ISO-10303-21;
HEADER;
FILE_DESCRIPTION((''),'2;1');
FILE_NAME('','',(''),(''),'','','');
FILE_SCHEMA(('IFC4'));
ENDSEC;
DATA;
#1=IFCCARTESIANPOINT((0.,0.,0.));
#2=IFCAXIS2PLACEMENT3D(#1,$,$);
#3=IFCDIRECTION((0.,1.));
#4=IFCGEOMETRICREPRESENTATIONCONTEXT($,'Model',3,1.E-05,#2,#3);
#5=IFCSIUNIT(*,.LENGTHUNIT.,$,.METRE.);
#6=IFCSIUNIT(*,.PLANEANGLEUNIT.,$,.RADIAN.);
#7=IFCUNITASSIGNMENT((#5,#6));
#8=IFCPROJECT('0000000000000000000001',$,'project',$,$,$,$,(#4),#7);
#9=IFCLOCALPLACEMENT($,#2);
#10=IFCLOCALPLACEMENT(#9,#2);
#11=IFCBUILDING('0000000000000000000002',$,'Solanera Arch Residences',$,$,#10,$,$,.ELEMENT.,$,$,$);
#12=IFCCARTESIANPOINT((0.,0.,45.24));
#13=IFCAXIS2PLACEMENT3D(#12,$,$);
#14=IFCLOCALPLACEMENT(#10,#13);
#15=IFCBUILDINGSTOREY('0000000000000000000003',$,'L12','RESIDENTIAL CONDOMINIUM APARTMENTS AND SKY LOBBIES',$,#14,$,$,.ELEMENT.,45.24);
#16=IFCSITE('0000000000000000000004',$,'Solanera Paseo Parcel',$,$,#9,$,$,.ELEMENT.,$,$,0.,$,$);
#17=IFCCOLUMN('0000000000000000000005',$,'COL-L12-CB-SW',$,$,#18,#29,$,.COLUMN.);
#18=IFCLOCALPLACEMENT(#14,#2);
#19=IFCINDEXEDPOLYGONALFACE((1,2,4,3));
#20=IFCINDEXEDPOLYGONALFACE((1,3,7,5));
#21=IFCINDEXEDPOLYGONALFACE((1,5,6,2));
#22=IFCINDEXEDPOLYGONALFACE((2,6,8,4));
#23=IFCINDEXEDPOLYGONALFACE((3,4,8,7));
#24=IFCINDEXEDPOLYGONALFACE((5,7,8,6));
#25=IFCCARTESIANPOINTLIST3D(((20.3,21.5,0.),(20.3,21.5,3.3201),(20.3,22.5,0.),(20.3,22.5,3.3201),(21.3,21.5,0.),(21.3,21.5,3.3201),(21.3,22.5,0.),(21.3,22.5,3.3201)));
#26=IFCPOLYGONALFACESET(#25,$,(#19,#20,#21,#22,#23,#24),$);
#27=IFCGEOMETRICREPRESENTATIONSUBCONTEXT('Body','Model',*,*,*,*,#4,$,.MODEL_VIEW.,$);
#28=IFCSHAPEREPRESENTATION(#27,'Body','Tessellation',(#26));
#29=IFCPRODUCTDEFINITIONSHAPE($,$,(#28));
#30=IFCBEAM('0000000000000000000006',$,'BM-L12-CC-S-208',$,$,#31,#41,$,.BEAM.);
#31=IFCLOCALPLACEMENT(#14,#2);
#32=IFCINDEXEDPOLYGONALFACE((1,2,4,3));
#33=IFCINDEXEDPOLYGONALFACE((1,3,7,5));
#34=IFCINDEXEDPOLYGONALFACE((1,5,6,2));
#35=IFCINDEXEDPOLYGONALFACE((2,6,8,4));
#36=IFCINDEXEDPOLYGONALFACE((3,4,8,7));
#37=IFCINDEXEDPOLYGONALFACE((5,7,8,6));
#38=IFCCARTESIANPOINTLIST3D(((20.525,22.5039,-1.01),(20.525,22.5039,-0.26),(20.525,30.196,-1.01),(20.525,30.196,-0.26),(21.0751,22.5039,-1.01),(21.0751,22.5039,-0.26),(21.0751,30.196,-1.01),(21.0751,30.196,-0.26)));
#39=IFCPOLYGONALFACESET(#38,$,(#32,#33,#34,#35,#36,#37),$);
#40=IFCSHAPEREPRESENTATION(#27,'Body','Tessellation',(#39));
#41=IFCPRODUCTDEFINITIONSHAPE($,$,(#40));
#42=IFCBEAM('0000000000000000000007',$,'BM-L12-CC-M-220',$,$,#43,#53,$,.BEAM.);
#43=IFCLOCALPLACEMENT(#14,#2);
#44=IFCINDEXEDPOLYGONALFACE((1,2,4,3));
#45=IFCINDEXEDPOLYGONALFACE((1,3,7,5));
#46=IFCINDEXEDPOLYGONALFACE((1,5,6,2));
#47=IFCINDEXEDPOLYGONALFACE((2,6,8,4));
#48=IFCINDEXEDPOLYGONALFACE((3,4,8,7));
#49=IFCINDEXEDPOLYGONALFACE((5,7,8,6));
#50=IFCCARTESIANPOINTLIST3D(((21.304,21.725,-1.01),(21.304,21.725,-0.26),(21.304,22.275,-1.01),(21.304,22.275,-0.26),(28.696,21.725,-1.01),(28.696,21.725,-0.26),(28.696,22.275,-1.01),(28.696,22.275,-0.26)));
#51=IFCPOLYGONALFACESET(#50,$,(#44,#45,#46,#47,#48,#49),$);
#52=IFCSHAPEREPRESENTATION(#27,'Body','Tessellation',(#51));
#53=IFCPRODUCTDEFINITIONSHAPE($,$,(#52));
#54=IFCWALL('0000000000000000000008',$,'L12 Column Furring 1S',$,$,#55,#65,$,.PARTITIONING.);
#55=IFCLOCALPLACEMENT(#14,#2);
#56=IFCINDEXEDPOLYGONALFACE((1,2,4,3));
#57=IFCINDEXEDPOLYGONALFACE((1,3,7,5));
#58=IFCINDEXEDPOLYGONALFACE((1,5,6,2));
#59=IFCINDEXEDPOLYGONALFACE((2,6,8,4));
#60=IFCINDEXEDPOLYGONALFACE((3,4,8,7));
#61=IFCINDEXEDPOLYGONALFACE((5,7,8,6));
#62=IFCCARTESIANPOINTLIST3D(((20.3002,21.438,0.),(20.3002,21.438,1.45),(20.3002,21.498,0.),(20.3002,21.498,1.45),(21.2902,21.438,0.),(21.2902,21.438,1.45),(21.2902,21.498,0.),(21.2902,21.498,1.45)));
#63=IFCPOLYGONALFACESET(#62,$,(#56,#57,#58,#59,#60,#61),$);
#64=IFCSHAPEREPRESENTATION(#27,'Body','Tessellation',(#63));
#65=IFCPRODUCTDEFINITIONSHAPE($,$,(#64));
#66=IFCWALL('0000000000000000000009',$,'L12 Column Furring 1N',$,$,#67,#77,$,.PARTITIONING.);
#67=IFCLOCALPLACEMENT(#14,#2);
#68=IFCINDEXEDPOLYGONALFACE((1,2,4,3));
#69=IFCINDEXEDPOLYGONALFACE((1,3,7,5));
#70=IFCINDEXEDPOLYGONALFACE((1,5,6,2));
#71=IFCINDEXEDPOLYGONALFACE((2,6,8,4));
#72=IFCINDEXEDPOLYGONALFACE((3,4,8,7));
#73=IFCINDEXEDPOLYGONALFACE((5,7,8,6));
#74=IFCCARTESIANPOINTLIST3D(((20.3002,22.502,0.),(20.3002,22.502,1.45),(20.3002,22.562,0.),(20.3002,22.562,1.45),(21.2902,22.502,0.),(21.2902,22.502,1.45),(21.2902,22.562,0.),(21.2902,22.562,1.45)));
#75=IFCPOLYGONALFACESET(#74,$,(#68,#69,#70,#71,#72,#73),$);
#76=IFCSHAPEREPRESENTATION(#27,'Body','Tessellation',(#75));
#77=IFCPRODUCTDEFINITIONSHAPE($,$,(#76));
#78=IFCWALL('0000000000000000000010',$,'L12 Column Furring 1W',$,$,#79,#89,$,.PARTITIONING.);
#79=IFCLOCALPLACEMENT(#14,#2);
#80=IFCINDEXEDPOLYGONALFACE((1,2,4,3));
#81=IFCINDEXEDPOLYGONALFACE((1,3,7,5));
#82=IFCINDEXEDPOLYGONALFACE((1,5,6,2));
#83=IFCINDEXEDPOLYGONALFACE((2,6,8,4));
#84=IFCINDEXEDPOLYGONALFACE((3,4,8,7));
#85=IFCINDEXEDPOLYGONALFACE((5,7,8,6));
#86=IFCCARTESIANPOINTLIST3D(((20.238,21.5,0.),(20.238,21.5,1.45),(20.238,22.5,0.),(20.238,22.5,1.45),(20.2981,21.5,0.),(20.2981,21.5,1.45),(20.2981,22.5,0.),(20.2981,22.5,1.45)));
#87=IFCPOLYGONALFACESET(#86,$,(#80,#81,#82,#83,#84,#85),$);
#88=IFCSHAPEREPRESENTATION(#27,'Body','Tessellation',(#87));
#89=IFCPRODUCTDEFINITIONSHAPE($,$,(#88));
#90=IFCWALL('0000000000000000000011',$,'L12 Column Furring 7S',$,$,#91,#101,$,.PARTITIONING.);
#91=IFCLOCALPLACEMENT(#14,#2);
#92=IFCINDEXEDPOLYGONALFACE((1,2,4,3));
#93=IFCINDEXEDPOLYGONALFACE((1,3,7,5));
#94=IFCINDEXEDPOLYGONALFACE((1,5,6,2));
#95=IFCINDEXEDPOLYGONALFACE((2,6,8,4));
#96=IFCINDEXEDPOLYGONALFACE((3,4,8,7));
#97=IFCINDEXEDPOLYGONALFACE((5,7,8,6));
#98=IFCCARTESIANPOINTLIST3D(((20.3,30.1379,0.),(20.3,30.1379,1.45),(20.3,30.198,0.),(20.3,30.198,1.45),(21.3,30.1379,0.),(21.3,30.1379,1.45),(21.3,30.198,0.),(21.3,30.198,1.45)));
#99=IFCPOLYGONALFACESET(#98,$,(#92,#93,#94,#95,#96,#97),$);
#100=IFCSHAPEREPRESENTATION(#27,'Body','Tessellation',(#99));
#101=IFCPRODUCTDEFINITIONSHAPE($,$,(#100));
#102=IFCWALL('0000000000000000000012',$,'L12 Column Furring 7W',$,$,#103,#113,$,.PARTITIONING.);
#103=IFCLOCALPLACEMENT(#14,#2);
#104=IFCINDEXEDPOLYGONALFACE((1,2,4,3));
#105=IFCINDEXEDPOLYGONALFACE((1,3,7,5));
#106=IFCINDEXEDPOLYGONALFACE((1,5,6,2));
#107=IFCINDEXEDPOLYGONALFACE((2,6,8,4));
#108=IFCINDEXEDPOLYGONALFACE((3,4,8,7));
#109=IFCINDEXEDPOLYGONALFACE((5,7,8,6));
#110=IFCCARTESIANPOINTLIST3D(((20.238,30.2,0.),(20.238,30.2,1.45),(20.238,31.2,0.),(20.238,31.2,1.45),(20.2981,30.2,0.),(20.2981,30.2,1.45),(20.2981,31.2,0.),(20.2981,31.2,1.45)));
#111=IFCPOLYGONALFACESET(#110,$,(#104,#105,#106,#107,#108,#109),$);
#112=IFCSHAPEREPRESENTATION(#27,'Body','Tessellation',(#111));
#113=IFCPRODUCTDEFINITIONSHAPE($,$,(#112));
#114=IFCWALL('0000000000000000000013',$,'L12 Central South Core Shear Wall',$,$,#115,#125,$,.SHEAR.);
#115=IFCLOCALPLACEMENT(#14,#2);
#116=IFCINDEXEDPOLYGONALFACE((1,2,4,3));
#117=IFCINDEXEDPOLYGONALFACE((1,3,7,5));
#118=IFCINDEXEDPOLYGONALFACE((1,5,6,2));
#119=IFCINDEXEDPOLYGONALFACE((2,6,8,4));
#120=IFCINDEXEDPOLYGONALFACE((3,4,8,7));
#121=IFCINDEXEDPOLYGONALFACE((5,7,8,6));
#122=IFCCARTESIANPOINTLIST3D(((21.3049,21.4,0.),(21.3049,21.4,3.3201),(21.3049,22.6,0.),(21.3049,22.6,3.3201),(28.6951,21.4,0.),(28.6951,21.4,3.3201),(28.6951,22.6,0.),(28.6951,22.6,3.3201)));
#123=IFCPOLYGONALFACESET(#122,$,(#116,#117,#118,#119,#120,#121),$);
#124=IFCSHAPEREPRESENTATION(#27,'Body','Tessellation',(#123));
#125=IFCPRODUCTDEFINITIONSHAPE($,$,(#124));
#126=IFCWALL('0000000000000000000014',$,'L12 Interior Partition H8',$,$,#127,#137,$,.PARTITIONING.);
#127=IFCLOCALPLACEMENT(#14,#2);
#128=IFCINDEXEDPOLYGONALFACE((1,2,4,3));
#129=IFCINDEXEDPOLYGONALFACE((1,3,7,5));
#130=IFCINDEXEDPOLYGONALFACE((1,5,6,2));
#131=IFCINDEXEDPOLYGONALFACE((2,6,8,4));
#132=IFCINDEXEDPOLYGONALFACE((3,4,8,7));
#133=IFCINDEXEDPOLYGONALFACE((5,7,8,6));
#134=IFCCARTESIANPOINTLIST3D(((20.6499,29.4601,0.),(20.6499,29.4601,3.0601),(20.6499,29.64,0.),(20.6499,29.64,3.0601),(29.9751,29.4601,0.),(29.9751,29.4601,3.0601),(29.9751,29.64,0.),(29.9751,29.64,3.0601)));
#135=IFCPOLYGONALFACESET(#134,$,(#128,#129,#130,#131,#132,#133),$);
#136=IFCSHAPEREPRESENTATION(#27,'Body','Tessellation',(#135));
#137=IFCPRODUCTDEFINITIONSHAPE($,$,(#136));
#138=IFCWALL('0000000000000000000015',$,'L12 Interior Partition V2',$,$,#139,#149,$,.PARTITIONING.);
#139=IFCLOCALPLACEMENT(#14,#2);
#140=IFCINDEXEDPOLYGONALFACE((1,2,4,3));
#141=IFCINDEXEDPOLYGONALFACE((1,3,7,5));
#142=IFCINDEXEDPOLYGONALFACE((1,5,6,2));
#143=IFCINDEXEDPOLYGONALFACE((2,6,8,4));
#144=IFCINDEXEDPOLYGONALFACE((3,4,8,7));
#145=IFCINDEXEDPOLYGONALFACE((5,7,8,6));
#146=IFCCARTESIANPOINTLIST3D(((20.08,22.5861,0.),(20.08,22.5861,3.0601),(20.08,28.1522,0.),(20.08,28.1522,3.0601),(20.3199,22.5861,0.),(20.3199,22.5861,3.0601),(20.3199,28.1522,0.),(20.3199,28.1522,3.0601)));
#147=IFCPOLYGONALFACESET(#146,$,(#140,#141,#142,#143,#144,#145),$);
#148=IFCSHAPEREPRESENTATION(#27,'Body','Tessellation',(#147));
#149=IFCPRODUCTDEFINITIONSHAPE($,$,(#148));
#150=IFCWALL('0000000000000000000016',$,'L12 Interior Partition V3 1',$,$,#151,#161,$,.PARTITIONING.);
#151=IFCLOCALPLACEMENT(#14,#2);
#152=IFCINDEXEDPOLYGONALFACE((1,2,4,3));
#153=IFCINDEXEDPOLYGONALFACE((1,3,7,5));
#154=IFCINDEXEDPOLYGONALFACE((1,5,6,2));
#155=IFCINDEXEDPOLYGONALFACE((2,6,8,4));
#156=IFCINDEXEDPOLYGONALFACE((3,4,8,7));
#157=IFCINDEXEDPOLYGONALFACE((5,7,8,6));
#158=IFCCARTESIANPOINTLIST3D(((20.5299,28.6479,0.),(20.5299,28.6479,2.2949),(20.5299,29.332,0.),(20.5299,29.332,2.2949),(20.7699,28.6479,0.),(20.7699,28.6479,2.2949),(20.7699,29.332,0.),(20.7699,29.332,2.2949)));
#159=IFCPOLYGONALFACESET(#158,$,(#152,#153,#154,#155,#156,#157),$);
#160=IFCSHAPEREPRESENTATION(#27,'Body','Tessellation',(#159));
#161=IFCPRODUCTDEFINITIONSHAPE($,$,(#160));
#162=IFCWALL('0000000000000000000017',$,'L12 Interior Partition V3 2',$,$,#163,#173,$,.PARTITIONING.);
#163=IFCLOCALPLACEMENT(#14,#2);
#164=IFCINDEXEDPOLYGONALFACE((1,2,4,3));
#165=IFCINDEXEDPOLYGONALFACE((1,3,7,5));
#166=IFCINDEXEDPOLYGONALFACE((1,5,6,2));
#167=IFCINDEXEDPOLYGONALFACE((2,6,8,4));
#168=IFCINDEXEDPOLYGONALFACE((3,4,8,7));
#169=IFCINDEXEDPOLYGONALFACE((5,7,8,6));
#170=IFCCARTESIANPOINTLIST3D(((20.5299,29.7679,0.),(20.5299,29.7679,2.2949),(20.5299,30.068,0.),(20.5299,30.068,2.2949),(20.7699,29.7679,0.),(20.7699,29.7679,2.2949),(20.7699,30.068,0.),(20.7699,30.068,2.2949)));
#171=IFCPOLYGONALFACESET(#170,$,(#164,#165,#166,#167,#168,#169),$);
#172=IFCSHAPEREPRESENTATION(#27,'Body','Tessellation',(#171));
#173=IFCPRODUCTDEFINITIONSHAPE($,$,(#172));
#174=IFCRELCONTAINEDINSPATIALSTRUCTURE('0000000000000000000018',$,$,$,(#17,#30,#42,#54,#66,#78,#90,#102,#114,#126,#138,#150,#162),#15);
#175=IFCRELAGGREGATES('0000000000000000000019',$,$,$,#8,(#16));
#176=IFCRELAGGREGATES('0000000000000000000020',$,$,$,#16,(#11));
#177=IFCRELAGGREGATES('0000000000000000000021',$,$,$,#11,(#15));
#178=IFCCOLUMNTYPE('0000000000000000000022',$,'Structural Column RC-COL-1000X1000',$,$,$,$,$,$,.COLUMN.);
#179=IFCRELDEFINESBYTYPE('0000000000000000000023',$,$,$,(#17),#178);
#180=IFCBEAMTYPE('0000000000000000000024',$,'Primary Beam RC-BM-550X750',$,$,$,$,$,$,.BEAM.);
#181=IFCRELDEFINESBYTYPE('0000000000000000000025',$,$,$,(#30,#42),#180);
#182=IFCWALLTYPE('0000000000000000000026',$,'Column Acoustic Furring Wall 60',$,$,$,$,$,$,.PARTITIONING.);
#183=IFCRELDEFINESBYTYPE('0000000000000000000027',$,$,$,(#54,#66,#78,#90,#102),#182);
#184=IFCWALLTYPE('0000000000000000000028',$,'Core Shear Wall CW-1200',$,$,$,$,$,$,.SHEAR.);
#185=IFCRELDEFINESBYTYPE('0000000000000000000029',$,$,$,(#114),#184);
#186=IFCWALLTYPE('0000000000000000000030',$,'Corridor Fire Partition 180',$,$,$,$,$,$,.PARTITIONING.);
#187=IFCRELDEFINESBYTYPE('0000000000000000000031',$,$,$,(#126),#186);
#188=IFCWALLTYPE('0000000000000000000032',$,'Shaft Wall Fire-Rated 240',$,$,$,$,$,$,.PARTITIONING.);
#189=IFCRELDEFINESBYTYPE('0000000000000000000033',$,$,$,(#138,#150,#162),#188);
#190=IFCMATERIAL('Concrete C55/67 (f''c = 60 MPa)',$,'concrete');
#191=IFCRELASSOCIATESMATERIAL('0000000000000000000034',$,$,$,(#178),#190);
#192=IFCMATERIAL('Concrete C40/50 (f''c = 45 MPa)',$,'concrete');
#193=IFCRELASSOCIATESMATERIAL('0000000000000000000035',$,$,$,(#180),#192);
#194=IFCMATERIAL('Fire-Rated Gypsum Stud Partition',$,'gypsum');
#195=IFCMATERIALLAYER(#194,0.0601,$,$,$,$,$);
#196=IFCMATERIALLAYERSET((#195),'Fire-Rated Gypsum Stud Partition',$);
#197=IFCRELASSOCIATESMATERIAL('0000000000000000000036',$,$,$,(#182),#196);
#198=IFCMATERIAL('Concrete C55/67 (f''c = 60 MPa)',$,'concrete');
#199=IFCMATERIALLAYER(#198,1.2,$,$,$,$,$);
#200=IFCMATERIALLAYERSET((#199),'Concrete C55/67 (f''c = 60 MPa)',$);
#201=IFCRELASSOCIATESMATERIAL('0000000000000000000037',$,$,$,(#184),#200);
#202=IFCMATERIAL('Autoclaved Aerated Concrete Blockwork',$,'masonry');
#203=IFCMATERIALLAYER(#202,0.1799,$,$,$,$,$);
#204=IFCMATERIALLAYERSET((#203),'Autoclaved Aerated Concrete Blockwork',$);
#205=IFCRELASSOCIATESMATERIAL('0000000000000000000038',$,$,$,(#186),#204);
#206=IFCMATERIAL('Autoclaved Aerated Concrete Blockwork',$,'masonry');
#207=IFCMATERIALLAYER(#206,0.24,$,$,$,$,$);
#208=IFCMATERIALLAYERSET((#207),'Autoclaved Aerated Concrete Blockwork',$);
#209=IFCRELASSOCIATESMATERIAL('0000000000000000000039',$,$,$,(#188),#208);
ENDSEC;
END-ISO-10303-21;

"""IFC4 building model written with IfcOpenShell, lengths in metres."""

from ifc_helpers import new_model, si_unit, direction, frame, frame_2d, origin, origin_2d, place, context, subcontext, project, spatial, rectangle, extrude, material, layer, layer_set, material_profile, profile_set, type_object, element, save


model = new_model("IFC4")

# Units and contexts
model_context = context("Model", 3, precision=1e-05, world=origin(), true_north=direction((0.0, 1.0)))
body_context = subcontext(model_context, "Body", "Model", "MODEL_VIEW")
ifc_project = project(units=[si_unit("LENGTHUNIT", "METRE"), si_unit("PLANEANGLEUNIT", "RADIAN")], contexts=[model_context])

# Site, building, storey
site_placement = place(None, origin())
site = spatial("IfcSite", under=ifc_project, at=site_placement, Name="Solanera Paseo Parcel", CompositionType="ELEMENT", RefElevation=0.0)
building_placement = place(site_placement, origin())
building = spatial("IfcBuilding", under=site, at=building_placement, Name="Solanera Arch Residences", CompositionType="ELEMENT")
storey_placement = place(building_placement, frame((0.0, 0.0, 45.24)))
storey = spatial("IfcBuildingStorey", under=building, at=storey_placement, Name="L12", Description="RESIDENTIAL CONDOMINIUM APARTMENTS AND SKY LOBBIES", CompositionType="ELEMENT", Elevation=45.24)

# Column
ifc_material_1 = material(Name="Concrete C55/67 (f'c = 60 MPa)", Category="concrete")
ifc_material_profile_1 = material_profile(ifc_material_1, rectangle(XDim=1.0, YDim=1.0, at=origin_2d()))
ifc_profile_set_1 = profile_set([ifc_material_profile_1], Name="Concrete C55/67 (f'c = 60 MPa)")
column_type = type_object("IfcColumnType", Name="Structural Column RC-COL-1000X1000", PredefinedType="COLUMN", material=ifc_profile_set_1)
column_placement = place(storey_placement, frame((20.8, 22.0, 0.0), z_axis=(0.0, 0.0, 1.0), x_axis=(1.0, 0.0, 0.0)))
element("IfcColumn", 1, at=column_placement, inside=storey, type_object=column_type, Name="COL-L12-CB-SW", PredefinedType="COLUMN", context=body_context, shape_type="SweptSolid", body=[
    extrude(rectangle(XDim=1.0, YDim=1.0, at=origin_2d()), origin(), (0.0, 0.0, 1.0), 3.3201),
])

# Beams
ifc_material_2 = material(Name="Concrete C40/50 (f'c = 45 MPa)", Category="concrete")
ifc_material_profile_2 = material_profile(ifc_material_2, rectangle(XDim=0.55, YDim=0.75, at=origin_2d()))
ifc_profile_set_2 = profile_set([ifc_material_profile_2], Name="Concrete C40/50 (f'c = 45 MPa)")
beam_type = type_object("IfcBeamType", Name="Primary Beam RC-BM-550X750", PredefinedType="BEAM", material=ifc_profile_set_2)
beam_1_placement = place(storey_placement, frame((20.8, 22.5039, -0.635), z_axis=(0.0, 1.0, 0.0), x_axis=(-1.0, 0.0, 0.0)))
element("IfcBeam", 2, at=beam_1_placement, inside=storey, type_object=beam_type, Name="BM-L12-CC-S-208", PredefinedType="BEAM", context=body_context, shape_type="SweptSolid", body=[
    extrude(rectangle(XDim=0.55, YDim=0.75, at=origin_2d()), origin(), (0.0, 0.0, 1.0), 7.6921),
])
beam_2_placement = place(storey_placement, frame((21.304, 22.0, -0.635), z_axis=(1.0, 0.0, 0.0), x_axis=(0.0, 1.0, 0.0)))
element("IfcBeam", 3, at=beam_2_placement, inside=storey, type_object=beam_type, Name="BM-L12-CC-M-220", PredefinedType="BEAM", context=body_context, shape_type="SweptSolid", body=[
    extrude(rectangle(XDim=0.55, YDim=0.75, at=origin_2d()), origin(), (0.0, 0.0, 1.0), 7.3921),
])

# Walls
ifc_material_3 = material(Name="Fire-Rated Gypsum Stud Partition", Category="gypsum")
ifc_layer_1 = layer(ifc_material_3, 0.0601)
ifc_layer_set_1 = layer_set([ifc_layer_1], Name="Fire-Rated Gypsum Stud Partition")
wall_type_1 = type_object("IfcWallType", Name="Column Acoustic Furring Wall 60", PredefinedType="PARTITIONING", material=ifc_layer_set_1)
for number, where, z_axis, x_axis, name in (
    (4, (20.3, 21.468, 0.0), (0.0, 0.0, 1.0), (1.0, 0.0, 0.0), "L12 Column Furring 1S"),
    (5, (20.3, 22.532, 0.0), (0.0, 0.0, 1.0), (1.0, 0.0, 0.0), "L12 Column Furring 1N"),
):
    element("IfcWall", number, at=place(storey_placement, frame(where, z_axis=z_axis, x_axis=x_axis)), inside=storey, type_object=wall_type_1, Name=name, PredefinedType="PARTITIONING", context=body_context, shape_type="SweptSolid", body=[
        extrude(rectangle(XDim=0.99, YDim=0.0601, at=frame_2d((0.4951, 0.0))), origin(), (0.0, 0.0, 1.0), 1.45),
    ])
for number, where, z_axis, x_axis, name in (
    (6, (20.2681, 21.5, 0.0), (0.0, 0.0, 1.0), (0.0, 1.0, 0.0), "L12 Column Furring 1W"),
    (7, (20.3, 30.168, 0.0), (0.0, 0.0, 1.0), (1.0, 0.0, 0.0), "L12 Column Furring 7S"),
    (8, (20.2681, 30.2, 0.0), (0.0, 0.0, 1.0), (0.0, 1.0, 0.0), "L12 Column Furring 7W"),
):
    element("IfcWall", number, at=place(storey_placement, frame(where, z_axis=z_axis, x_axis=x_axis)), inside=storey, type_object=wall_type_1, Name=name, PredefinedType="PARTITIONING", context=body_context, shape_type="SweptSolid", body=[
        extrude(rectangle(XDim=1.0, YDim=0.0601, at=frame_2d((0.5, 0.0))), origin(), (0.0, 0.0, 1.0), 1.45),
    ])
ifc_material_4 = material(Name="Concrete C55/67 (f'c = 60 MPa)", Category="concrete")
ifc_layer_2 = layer(ifc_material_4, 1.2)
ifc_layer_set_2 = layer_set([ifc_layer_2], Name="Concrete C55/67 (f'c = 60 MPa)")
wall_type_2 = type_object("IfcWallType", Name="Core Shear Wall CW-1200", PredefinedType="SHEAR", material=ifc_layer_set_2)
wall_1_placement = place(storey_placement, frame((21.3049, 22.0, 0.0), z_axis=(0.0, 0.0, 1.0), x_axis=(1.0, 0.0, 0.0)))
element("IfcWall", 9, at=wall_1_placement, inside=storey, type_object=wall_type_2, Name="L12 Central South Core Shear Wall", PredefinedType="SHEAR", context=body_context, shape_type="SweptSolid", body=[
    extrude(rectangle(XDim=7.3901, YDim=1.2, at=frame_2d((3.6951, 0.0))), origin(), (0.0, 0.0, 1.0), 3.3201),
])

# Wall
ifc_material_5 = material(Name="Autoclaved Aerated Concrete Blockwork", Category="masonry")
ifc_layer_3 = layer(ifc_material_5, 0.1799)
ifc_layer_set_3 = layer_set([ifc_layer_3], Name="Autoclaved Aerated Concrete Blockwork")
wall_type_3 = type_object("IfcWallType", Name="Corridor Fire Partition 180", PredefinedType="PARTITIONING", material=ifc_layer_set_3)
wall_2_placement = place(storey_placement, frame((20.6499, 29.55, 0.0), z_axis=(0.0, 0.0, 1.0), x_axis=(1.0, 0.0, 0.0)))
element("IfcWall", 10, at=wall_2_placement, inside=storey, type_object=wall_type_3, Name="L12 Interior Partition H8", PredefinedType="PARTITIONING", context=body_context, shape_type="SweptSolid", body=[
    extrude(rectangle(XDim=9.3252, YDim=0.1799, at=frame_2d((4.6626, 0.0))), origin(), (0.0, 0.0, 1.0), 3.0601),
])

# Shared definitions
ifc_material_6 = material(Name="Autoclaved Aerated Concrete Blockwork", Category="masonry")
ifc_layer_4 = layer(ifc_material_6, 0.24)
ifc_layer_set_4 = layer_set([ifc_layer_4], Name="Autoclaved Aerated Concrete Blockwork")
wall_type_4 = type_object("IfcWallType", Name="Shaft Wall Fire-Rated 240", PredefinedType="PARTITIONING", material=ifc_layer_set_4)

# Walls
wall_3_placement = place(storey_placement, frame((20.2, 22.5859, 0.0), z_axis=(0.0, 0.0, 1.0), x_axis=(0.0, 1.0, 0.0)))
element("IfcWall", 11, at=wall_3_placement, inside=storey, type_object=wall_type_4, Name="L12 Interior Partition V2", PredefinedType="PARTITIONING", context=body_context, shape_type="SweptSolid", body=[
    extrude(rectangle(XDim=5.5662, YDim=0.24, at=frame_2d((2.7832, 0.0))), origin(), (0.0, 0.0, 1.0), 3.0601),
])
wall_4_placement = place(storey_placement, frame((20.6499, 28.6479, 0.0), z_axis=(0.0, 0.0, 1.0), x_axis=(0.0, 1.0, 0.0)))
element("IfcWall", 12, at=wall_4_placement, inside=storey, type_object=wall_type_4, Name="L12 Interior Partition V3 1", PredefinedType="PARTITIONING", context=body_context, shape_type="SweptSolid", body=[
    extrude(rectangle(XDim=0.6841, YDim=0.24, at=frame_2d((0.342, 0.0))), origin(), (0.0, 0.0, 1.0), 2.2949),
])
wall_5_placement = place(storey_placement, frame((20.6499, 29.7681, 0.0), z_axis=(0.0, 0.0, 1.0), x_axis=(0.0, 1.0, 0.0)))
element("IfcWall", 13, at=wall_5_placement, inside=storey, type_object=wall_type_4, Name="L12 Interior Partition V3 2", PredefinedType="PARTITIONING", context=body_context, shape_type="SweptSolid", body=[
    extrude(rectangle(XDim=0.3, YDim=0.24, at=frame_2d((0.1499, 0.0))), origin(), (0.0, 0.0, 1.0), 2.2949),
])

save(model, "model.ifc")
